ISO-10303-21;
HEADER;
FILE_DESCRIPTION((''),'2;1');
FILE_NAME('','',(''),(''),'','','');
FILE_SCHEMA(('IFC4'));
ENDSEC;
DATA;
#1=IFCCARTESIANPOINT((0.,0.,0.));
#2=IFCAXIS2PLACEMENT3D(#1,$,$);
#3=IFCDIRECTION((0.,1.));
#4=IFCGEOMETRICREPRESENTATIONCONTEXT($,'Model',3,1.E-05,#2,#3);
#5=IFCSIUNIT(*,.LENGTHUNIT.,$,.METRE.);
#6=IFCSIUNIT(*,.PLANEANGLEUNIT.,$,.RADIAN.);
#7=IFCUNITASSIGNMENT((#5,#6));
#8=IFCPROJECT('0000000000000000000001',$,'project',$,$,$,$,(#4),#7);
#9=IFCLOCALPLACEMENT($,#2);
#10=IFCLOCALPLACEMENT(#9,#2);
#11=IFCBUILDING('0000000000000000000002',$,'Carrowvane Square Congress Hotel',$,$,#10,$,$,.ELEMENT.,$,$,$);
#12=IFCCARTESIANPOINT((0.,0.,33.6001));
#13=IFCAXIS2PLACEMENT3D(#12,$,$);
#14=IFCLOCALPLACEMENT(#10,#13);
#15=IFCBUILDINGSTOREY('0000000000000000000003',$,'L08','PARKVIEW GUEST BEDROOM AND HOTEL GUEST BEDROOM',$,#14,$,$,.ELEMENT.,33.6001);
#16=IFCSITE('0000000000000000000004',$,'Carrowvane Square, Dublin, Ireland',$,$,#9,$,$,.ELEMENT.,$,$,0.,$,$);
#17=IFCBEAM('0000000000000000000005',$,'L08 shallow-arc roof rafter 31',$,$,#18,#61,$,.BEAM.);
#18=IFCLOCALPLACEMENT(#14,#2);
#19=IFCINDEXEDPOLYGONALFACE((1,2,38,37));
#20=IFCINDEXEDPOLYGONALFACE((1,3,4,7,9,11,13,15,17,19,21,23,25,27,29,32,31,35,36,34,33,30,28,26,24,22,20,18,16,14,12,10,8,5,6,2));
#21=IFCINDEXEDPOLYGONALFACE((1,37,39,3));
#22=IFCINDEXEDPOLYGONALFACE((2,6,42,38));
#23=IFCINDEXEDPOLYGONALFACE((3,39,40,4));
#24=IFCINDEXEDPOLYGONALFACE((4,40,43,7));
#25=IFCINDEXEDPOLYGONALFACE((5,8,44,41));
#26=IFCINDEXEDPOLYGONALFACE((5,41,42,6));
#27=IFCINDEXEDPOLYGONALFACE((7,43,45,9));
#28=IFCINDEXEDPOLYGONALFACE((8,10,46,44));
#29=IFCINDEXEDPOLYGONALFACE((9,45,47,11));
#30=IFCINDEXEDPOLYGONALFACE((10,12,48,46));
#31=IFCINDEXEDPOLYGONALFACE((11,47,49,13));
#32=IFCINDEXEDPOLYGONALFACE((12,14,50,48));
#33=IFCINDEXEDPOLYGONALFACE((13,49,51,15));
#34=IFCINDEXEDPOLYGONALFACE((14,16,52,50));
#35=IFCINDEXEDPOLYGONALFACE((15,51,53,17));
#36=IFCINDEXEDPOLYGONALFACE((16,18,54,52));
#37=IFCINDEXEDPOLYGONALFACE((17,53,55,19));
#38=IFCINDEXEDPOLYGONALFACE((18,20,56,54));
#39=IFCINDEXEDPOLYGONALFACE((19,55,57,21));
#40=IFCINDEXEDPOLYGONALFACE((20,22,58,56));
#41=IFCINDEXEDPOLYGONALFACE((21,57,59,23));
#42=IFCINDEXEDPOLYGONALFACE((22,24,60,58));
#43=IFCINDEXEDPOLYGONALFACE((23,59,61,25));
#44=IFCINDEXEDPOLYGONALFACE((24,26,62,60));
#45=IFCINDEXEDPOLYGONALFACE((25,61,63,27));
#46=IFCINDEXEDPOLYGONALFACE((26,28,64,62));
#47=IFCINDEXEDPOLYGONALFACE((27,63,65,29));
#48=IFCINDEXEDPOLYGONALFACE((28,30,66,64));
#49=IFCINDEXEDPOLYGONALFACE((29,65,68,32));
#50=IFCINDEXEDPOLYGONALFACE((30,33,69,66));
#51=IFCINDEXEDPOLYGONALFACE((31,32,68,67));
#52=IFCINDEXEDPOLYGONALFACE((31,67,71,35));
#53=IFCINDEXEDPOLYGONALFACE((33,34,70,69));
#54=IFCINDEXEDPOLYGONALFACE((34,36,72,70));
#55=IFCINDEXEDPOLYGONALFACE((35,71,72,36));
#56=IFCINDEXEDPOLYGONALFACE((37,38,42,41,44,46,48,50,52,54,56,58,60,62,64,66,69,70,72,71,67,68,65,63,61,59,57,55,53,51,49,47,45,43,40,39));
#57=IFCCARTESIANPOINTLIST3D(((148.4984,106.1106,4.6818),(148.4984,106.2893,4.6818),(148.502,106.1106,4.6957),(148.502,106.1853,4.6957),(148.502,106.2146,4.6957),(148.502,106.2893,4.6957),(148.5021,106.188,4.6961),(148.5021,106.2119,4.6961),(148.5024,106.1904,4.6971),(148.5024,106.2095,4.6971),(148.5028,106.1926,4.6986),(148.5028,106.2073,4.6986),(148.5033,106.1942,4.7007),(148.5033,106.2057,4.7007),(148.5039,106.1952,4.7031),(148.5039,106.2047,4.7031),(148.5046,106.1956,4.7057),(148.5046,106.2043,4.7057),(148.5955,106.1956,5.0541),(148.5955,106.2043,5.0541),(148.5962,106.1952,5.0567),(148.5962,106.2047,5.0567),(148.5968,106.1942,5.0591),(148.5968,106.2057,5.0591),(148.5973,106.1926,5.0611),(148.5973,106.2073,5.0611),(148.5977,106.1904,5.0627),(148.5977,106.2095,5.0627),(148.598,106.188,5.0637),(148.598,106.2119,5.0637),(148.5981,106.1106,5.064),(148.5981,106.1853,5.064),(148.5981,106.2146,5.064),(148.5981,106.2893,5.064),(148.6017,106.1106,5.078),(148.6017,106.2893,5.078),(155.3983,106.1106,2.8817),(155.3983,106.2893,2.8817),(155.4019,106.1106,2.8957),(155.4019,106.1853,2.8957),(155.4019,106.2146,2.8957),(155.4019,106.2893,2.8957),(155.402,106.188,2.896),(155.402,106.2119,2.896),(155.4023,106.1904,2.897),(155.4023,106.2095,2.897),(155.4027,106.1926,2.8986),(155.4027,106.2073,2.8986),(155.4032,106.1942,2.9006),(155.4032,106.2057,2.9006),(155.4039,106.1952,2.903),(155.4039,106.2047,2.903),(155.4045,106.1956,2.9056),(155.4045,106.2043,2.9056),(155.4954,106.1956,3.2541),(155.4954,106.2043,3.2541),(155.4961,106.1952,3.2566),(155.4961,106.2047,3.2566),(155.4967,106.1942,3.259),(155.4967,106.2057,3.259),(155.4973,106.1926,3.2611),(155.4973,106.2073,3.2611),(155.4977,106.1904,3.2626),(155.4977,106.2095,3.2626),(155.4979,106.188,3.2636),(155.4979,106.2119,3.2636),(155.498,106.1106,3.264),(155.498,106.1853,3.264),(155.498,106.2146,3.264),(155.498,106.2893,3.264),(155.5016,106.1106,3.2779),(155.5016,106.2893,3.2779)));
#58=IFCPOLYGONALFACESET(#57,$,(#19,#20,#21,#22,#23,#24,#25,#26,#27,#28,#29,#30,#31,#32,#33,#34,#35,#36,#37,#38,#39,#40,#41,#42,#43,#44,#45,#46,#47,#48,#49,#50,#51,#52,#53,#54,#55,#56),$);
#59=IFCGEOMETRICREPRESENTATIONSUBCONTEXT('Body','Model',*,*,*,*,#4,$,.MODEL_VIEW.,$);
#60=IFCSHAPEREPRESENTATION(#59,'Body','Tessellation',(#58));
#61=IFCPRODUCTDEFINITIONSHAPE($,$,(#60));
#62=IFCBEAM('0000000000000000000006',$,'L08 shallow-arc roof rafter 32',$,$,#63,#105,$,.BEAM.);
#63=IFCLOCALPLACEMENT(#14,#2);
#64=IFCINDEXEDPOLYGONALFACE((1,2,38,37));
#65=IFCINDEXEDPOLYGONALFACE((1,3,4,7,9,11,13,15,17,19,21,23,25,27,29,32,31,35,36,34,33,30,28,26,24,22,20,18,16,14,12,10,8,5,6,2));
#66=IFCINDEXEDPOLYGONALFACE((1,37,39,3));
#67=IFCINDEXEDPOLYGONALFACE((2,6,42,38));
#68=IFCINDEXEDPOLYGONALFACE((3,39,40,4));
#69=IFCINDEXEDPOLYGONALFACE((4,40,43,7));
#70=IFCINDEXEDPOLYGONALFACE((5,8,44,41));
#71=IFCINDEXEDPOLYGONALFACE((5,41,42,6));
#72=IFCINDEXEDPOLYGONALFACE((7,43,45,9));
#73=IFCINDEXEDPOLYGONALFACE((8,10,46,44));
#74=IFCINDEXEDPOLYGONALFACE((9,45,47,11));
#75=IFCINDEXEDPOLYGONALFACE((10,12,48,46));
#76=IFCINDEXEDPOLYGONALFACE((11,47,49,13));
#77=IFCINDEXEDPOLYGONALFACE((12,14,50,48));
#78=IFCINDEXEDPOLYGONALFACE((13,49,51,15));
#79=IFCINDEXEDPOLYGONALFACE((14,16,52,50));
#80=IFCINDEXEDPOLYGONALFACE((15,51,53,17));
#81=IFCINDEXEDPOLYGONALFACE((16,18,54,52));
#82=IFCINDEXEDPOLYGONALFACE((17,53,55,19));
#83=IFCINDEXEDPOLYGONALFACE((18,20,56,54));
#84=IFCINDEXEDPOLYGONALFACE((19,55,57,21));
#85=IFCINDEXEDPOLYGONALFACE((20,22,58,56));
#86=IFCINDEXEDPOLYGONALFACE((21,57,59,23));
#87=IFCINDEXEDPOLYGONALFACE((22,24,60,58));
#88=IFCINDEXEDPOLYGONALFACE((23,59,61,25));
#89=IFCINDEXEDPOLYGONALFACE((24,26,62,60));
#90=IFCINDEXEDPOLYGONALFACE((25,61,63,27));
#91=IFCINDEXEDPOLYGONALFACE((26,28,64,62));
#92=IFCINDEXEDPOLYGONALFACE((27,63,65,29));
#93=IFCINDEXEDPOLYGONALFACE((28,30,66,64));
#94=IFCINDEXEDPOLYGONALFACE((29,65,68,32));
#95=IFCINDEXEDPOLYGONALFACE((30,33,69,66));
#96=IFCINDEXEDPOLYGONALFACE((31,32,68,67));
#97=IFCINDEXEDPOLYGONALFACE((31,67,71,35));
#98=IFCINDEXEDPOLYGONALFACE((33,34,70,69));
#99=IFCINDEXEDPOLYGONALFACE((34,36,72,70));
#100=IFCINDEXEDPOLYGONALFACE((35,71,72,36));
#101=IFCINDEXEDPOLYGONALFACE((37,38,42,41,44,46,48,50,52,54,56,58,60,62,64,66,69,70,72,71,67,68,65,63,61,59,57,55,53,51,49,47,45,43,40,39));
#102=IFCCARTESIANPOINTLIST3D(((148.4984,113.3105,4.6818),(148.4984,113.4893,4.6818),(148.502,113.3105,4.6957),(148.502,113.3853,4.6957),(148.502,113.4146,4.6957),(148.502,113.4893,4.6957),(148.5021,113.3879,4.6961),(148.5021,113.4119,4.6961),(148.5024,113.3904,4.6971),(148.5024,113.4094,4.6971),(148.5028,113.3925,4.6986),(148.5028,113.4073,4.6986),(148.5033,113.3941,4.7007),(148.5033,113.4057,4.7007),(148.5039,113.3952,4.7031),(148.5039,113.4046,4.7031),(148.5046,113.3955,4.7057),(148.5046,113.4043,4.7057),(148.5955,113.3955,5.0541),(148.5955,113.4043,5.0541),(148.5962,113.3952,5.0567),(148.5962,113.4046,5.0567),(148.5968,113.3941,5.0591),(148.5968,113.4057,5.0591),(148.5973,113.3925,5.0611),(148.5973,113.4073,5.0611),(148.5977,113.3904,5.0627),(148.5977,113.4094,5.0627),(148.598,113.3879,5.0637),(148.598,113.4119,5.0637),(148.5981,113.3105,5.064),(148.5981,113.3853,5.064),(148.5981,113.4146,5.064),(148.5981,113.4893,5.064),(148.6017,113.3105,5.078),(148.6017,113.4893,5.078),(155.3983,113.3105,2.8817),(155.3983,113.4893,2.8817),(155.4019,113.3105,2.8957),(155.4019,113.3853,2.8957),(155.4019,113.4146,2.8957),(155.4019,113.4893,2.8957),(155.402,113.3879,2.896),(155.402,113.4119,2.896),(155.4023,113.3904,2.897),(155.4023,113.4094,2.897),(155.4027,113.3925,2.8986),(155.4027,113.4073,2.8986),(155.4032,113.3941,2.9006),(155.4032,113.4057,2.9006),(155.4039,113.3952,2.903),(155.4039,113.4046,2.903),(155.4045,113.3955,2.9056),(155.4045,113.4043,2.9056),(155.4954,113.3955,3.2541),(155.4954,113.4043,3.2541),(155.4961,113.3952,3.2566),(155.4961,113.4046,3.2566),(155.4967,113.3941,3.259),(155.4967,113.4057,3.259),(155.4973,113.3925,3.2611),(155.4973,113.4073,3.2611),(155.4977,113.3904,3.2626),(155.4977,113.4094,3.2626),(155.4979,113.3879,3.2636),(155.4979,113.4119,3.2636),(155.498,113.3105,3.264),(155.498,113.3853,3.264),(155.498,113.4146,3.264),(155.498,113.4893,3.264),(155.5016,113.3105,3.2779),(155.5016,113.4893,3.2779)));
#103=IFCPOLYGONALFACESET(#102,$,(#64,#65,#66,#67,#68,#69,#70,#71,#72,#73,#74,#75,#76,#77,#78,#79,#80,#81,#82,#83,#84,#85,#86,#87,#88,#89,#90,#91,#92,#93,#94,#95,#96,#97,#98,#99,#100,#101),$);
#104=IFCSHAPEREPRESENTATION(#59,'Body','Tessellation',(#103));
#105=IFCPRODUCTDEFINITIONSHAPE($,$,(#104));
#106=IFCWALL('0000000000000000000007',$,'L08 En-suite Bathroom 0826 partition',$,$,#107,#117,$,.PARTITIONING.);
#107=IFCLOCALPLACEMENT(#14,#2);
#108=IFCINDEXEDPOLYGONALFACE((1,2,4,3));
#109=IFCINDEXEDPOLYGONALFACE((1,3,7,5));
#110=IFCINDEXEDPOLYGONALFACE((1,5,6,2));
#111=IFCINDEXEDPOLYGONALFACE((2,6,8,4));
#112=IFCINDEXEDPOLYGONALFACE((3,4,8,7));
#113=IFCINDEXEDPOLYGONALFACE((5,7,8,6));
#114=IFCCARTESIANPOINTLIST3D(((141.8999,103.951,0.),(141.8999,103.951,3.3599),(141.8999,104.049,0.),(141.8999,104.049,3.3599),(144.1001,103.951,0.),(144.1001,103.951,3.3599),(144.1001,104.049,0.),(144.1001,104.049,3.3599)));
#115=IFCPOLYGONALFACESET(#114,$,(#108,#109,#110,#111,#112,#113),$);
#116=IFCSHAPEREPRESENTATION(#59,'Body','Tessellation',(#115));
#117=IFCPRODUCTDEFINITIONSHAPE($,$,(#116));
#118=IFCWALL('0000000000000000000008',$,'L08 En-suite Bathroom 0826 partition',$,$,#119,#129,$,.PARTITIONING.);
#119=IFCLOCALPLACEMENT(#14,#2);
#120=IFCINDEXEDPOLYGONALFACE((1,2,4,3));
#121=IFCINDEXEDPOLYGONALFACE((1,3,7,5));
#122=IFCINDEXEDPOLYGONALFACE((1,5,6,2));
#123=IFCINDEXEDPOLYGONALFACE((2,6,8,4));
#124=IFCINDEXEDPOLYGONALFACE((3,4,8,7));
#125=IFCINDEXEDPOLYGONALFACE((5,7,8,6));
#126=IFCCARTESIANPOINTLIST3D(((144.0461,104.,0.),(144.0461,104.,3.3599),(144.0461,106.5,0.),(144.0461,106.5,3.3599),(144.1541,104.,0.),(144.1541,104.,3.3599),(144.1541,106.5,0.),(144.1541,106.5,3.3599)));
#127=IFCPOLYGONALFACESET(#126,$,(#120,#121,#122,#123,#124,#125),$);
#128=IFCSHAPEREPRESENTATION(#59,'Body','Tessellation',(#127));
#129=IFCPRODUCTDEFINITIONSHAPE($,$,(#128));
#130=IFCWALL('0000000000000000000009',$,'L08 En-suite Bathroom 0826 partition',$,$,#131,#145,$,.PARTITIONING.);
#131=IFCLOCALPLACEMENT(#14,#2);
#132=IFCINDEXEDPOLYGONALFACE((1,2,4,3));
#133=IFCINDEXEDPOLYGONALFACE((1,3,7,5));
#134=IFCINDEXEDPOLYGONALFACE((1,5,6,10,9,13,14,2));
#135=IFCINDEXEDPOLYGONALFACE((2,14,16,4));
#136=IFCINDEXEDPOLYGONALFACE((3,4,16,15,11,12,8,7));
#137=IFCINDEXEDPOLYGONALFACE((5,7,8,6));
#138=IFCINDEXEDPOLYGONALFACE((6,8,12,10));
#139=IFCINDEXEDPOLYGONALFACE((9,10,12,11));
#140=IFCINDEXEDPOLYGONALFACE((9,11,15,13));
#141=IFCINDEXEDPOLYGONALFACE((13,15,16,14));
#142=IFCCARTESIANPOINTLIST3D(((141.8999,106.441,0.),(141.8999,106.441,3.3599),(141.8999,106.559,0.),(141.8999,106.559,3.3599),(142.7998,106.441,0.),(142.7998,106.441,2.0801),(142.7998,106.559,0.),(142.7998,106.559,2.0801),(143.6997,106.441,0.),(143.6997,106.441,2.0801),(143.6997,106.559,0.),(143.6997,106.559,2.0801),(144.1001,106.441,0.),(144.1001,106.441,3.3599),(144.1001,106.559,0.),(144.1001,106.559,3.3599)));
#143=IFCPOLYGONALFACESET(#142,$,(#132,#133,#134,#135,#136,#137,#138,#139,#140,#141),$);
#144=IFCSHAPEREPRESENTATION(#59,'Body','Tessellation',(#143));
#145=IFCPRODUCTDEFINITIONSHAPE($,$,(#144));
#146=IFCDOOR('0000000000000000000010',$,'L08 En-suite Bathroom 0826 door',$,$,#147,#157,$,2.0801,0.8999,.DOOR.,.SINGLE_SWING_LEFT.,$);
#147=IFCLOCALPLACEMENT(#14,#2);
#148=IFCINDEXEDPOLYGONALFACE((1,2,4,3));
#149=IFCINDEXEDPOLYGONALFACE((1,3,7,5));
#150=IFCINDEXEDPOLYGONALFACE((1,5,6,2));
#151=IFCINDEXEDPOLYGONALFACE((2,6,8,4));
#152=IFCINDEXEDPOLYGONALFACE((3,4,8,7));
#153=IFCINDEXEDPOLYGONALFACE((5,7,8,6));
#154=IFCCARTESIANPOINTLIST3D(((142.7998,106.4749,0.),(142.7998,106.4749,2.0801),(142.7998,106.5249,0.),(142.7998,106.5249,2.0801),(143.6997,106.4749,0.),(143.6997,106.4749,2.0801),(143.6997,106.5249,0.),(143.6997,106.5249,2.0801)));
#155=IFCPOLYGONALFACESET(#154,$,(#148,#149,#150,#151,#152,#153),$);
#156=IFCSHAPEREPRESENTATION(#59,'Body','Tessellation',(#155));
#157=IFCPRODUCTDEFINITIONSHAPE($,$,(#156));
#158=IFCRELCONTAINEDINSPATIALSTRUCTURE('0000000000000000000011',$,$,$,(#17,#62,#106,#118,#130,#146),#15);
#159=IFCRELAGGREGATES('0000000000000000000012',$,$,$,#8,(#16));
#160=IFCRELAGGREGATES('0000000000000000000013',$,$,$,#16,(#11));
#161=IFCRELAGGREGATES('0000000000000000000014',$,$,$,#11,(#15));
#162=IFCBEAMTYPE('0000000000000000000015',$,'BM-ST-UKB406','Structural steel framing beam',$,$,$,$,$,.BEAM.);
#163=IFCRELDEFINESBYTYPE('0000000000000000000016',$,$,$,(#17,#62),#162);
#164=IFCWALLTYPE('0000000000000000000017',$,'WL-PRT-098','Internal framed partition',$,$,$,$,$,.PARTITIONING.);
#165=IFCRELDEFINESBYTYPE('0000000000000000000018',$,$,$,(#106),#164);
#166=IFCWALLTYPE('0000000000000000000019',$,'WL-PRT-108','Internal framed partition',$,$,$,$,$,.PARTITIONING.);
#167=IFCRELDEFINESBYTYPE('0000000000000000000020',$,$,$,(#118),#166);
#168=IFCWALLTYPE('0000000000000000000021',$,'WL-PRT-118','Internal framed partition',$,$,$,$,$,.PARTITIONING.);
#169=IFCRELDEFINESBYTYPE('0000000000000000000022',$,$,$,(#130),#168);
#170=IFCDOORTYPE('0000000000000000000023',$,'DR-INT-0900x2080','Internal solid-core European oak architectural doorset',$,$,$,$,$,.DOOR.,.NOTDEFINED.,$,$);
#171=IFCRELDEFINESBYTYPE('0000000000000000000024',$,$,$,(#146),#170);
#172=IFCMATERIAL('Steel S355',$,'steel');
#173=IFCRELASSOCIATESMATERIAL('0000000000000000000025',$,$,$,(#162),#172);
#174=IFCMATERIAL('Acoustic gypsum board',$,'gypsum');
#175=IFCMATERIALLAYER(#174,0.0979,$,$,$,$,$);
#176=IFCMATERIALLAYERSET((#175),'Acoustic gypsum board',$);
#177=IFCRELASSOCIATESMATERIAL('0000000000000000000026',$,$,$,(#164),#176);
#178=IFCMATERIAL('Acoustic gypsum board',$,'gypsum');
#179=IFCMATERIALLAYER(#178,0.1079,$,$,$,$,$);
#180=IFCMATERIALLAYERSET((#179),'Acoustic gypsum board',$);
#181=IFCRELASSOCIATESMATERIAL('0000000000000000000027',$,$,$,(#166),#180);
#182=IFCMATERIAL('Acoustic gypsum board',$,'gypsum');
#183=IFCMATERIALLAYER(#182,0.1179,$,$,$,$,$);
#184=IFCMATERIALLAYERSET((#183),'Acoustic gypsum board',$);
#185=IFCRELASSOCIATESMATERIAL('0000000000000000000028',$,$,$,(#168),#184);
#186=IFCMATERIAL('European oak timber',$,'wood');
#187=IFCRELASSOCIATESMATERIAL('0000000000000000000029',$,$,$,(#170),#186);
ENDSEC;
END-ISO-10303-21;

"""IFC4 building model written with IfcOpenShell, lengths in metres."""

from ifc_helpers import new_model, si_unit, direction, frame, frame_2d, origin, origin_2d, place, context, subcontext, project, spatial, rectangle, i_section, extrude, material, layer, layer_set, material_profile, profile_set, type_object, element, fill, save


model = new_model("IFC4")

# Units and contexts
model_context = context("Model", 3, precision=1e-05, world=origin(), true_north=direction((0.0, 1.0)))
body_context = subcontext(model_context, "Body", "Model", "MODEL_VIEW")
ifc_project = project(units=[si_unit("LENGTHUNIT", "METRE"), si_unit("PLANEANGLEUNIT", "RADIAN")], contexts=[model_context])

# Site, building, storey
site_placement = place(None, origin())
site = spatial("IfcSite", under=ifc_project, at=site_placement, Name="Carrowvane Square, Dublin, Ireland", CompositionType="ELEMENT", RefElevation=0.0)
building_placement = place(site_placement, origin())
building = spatial("IfcBuilding", under=site, at=building_placement, Name="Carrowvane Square Congress Hotel", CompositionType="ELEMENT")
storey_placement = place(building_placement, frame((0.0, 0.0, 33.6001)))
storey = spatial("IfcBuildingStorey", under=building, at=storey_placement, Name="L08", Description="PARKVIEW GUEST BEDROOM AND HOTEL GUEST BEDROOM", CompositionType="ELEMENT", Elevation=33.6001)

# Beams
ifc_material_1 = material(Name="Steel S355", Category="steel")
ifc_material_profile_1 = material_profile(ifc_material_1, i_section(OverallWidth=0.1787, OverallDepth=0.4094, WebThickness=0.0088, FlangeThickness=0.0144, FilletRadius=0.0103, at=origin_2d()), Name="UKB 406x178x67")
ifc_profile_set_1 = profile_set([ifc_material_profile_1], Name="Steel S355")
beam_type_1 = type_object("IfcBeamType", Name="BM-ST-UKB406", Description="Structural steel framing beam", PredefinedType="BEAM", material=ifc_profile_set_1)
for number, where, z_axis, x_axis, name in (
    (1, (148.55, 106.2, 4.8799), (0.967615, 0.0, -0.252432), (0.0, 1.0, 0.0), "L08 shallow-arc roof rafter 31"),
    (2, (148.55, 113.3999, 4.8799), (0.967615, 0.0, -0.252432), (0.0, 1.0, 0.0), "L08 shallow-arc roof rafter 32"),
):
    element("IfcBeam", number, at=place(storey_placement, frame(where, z_axis=z_axis, x_axis=x_axis)), inside=storey, type_object=beam_type_1, Name=name, PredefinedType="BEAM", context=body_context, shape_type="SweptSolid", body=[
        extrude(i_section(OverallWidth=0.1787, OverallDepth=0.4094, WebThickness=0.0088, FlangeThickness=0.0144, FilletRadius=0.0103, at=origin_2d()), origin(), (0.0, 0.0, 1.0), 7.1309),
    ])

# Walls
ifc_material_2 = material(Name="Acoustic gypsum board", Category="gypsum")
ifc_layer_1 = layer(ifc_material_2, 0.0979)
ifc_layer_set_1 = layer_set([ifc_layer_1], Name="Acoustic gypsum board")
wall_type_1 = type_object("IfcWallType", Name="WL-PRT-098", Description="Internal framed partition", PredefinedType="PARTITIONING", material=ifc_layer_set_1)
wall_1_placement = place(storey_placement, frame((144.1001, 104.0, 0.0), z_axis=(0.0, 0.0, 1.0), x_axis=(-1.0, 0.0, 0.0)))
element("IfcWall", 3, at=wall_1_placement, inside=storey, type_object=wall_type_1, Name="L08 En-suite Bathroom 0826 partition", PredefinedType="PARTITIONING", context=body_context, shape_type="SweptSolid", body=[
    extrude(rectangle(XDim=2.2002, YDim=0.0979, at=frame_2d((1.1001, 0.0))), origin(), (0.0, 0.0, 1.0), 3.3599),
])
ifc_material_3 = material(Name="Acoustic gypsum board", Category="gypsum")
ifc_layer_2 = layer(ifc_material_3, 0.1079)
ifc_layer_set_2 = layer_set([ifc_layer_2], Name="Acoustic gypsum board")
wall_type_2 = type_object("IfcWallType", Name="WL-PRT-108", Description="Internal framed partition", PredefinedType="PARTITIONING", material=ifc_layer_set_2)
wall_2_placement = place(storey_placement, frame((144.1001, 106.5, 0.0), z_axis=(0.0, 0.0, 1.0), x_axis=(0.0, -1.0, 0.0)))
element("IfcWall", 4, at=wall_2_placement, inside=storey, type_object=wall_type_2, Name="L08 En-suite Bathroom 0826 partition", PredefinedType="PARTITIONING", context=body_context, shape_type="SweptSolid", body=[
    extrude(rectangle(XDim=2.5, YDim=0.1079, at=frame_2d((1.25, 0.0))), origin(), (0.0, 0.0, 1.0), 3.3599),
])

# Wall, opening, door
ifc_material_4 = material(Name="Acoustic gypsum board", Category="gypsum")
ifc_layer_3 = layer(ifc_material_4, 0.1179)
ifc_layer_set_3 = layer_set([ifc_layer_3], Name="Acoustic gypsum board")
wall_type_3 = type_object("IfcWallType", Name="WL-PRT-118", Description="Internal framed partition", PredefinedType="PARTITIONING", material=ifc_layer_set_3)
wall_3_placement = place(storey_placement, frame((141.8999, 106.5, 0.0), z_axis=(0.0, 0.0, 1.0), x_axis=(1.0, 0.0, 0.0)))
wall_3 = element("IfcWall", 5, at=wall_3_placement, inside=storey, type_object=wall_type_3, Name="L08 En-suite Bathroom 0826 partition", PredefinedType="PARTITIONING", context=body_context, shape_type="SweptSolid", body=[
    extrude(rectangle(XDim=2.2002, YDim=0.1179, at=frame_2d((1.1001, 0.0))), origin(), (0.0, 0.0, 1.0), 3.3599),
])
opening_1_placement = place(wall_3_placement, frame((0.8999, 0.0, 0.0)))
opening_1 = element("IfcOpeningElement", 6, at=opening_1_placement, cuts=wall_3, PredefinedType="OPENING", context=body_context, shape_type="SweptSolid", body=[
    extrude(rectangle(XDim=0.8999, YDim=2.0801, at=frame_2d((0.45, 1.04))), frame((0.0, 0.0688, 0.0), z_axis=(0.0, -1.0, 0.0), x_axis=(1.0, 0.0, 0.0)), (0.0, 0.0, 1.0), 0.1379),
])
ifc_material_5 = material(Name="European oak timber", Category="wood")
door_type_1 = type_object("IfcDoorType", Name="DR-INT-0900x2080", Description="Internal solid-core European oak architectural doorset", OperationType="NOTDEFINED", PredefinedType="DOOR", material=ifc_material_5)
door_1_placement = place(opening_1_placement, origin())
door_1 = element("IfcDoor", 7, at=door_1_placement, inside=storey, type_object=door_type_1, Name="L08 En-suite Bathroom 0826 door", OperationType="SINGLE_SWING_LEFT", OverallHeight=2.0801, OverallWidth=0.8999, PredefinedType="DOOR", context=body_context, shape_type="SweptSolid", body=[
    extrude(rectangle(XDim=0.8999, YDim=2.0801, at=frame_2d((0.45, 1.04))), frame((0.0, 0.0249, 0.0), z_axis=(0.0, -1.0, 0.0), x_axis=(1.0, 0.0, 0.0)), (0.0, 0.0, 1.0), 0.05),
])
fill(opening_1, door_1)

save(model, "model.ifc")
